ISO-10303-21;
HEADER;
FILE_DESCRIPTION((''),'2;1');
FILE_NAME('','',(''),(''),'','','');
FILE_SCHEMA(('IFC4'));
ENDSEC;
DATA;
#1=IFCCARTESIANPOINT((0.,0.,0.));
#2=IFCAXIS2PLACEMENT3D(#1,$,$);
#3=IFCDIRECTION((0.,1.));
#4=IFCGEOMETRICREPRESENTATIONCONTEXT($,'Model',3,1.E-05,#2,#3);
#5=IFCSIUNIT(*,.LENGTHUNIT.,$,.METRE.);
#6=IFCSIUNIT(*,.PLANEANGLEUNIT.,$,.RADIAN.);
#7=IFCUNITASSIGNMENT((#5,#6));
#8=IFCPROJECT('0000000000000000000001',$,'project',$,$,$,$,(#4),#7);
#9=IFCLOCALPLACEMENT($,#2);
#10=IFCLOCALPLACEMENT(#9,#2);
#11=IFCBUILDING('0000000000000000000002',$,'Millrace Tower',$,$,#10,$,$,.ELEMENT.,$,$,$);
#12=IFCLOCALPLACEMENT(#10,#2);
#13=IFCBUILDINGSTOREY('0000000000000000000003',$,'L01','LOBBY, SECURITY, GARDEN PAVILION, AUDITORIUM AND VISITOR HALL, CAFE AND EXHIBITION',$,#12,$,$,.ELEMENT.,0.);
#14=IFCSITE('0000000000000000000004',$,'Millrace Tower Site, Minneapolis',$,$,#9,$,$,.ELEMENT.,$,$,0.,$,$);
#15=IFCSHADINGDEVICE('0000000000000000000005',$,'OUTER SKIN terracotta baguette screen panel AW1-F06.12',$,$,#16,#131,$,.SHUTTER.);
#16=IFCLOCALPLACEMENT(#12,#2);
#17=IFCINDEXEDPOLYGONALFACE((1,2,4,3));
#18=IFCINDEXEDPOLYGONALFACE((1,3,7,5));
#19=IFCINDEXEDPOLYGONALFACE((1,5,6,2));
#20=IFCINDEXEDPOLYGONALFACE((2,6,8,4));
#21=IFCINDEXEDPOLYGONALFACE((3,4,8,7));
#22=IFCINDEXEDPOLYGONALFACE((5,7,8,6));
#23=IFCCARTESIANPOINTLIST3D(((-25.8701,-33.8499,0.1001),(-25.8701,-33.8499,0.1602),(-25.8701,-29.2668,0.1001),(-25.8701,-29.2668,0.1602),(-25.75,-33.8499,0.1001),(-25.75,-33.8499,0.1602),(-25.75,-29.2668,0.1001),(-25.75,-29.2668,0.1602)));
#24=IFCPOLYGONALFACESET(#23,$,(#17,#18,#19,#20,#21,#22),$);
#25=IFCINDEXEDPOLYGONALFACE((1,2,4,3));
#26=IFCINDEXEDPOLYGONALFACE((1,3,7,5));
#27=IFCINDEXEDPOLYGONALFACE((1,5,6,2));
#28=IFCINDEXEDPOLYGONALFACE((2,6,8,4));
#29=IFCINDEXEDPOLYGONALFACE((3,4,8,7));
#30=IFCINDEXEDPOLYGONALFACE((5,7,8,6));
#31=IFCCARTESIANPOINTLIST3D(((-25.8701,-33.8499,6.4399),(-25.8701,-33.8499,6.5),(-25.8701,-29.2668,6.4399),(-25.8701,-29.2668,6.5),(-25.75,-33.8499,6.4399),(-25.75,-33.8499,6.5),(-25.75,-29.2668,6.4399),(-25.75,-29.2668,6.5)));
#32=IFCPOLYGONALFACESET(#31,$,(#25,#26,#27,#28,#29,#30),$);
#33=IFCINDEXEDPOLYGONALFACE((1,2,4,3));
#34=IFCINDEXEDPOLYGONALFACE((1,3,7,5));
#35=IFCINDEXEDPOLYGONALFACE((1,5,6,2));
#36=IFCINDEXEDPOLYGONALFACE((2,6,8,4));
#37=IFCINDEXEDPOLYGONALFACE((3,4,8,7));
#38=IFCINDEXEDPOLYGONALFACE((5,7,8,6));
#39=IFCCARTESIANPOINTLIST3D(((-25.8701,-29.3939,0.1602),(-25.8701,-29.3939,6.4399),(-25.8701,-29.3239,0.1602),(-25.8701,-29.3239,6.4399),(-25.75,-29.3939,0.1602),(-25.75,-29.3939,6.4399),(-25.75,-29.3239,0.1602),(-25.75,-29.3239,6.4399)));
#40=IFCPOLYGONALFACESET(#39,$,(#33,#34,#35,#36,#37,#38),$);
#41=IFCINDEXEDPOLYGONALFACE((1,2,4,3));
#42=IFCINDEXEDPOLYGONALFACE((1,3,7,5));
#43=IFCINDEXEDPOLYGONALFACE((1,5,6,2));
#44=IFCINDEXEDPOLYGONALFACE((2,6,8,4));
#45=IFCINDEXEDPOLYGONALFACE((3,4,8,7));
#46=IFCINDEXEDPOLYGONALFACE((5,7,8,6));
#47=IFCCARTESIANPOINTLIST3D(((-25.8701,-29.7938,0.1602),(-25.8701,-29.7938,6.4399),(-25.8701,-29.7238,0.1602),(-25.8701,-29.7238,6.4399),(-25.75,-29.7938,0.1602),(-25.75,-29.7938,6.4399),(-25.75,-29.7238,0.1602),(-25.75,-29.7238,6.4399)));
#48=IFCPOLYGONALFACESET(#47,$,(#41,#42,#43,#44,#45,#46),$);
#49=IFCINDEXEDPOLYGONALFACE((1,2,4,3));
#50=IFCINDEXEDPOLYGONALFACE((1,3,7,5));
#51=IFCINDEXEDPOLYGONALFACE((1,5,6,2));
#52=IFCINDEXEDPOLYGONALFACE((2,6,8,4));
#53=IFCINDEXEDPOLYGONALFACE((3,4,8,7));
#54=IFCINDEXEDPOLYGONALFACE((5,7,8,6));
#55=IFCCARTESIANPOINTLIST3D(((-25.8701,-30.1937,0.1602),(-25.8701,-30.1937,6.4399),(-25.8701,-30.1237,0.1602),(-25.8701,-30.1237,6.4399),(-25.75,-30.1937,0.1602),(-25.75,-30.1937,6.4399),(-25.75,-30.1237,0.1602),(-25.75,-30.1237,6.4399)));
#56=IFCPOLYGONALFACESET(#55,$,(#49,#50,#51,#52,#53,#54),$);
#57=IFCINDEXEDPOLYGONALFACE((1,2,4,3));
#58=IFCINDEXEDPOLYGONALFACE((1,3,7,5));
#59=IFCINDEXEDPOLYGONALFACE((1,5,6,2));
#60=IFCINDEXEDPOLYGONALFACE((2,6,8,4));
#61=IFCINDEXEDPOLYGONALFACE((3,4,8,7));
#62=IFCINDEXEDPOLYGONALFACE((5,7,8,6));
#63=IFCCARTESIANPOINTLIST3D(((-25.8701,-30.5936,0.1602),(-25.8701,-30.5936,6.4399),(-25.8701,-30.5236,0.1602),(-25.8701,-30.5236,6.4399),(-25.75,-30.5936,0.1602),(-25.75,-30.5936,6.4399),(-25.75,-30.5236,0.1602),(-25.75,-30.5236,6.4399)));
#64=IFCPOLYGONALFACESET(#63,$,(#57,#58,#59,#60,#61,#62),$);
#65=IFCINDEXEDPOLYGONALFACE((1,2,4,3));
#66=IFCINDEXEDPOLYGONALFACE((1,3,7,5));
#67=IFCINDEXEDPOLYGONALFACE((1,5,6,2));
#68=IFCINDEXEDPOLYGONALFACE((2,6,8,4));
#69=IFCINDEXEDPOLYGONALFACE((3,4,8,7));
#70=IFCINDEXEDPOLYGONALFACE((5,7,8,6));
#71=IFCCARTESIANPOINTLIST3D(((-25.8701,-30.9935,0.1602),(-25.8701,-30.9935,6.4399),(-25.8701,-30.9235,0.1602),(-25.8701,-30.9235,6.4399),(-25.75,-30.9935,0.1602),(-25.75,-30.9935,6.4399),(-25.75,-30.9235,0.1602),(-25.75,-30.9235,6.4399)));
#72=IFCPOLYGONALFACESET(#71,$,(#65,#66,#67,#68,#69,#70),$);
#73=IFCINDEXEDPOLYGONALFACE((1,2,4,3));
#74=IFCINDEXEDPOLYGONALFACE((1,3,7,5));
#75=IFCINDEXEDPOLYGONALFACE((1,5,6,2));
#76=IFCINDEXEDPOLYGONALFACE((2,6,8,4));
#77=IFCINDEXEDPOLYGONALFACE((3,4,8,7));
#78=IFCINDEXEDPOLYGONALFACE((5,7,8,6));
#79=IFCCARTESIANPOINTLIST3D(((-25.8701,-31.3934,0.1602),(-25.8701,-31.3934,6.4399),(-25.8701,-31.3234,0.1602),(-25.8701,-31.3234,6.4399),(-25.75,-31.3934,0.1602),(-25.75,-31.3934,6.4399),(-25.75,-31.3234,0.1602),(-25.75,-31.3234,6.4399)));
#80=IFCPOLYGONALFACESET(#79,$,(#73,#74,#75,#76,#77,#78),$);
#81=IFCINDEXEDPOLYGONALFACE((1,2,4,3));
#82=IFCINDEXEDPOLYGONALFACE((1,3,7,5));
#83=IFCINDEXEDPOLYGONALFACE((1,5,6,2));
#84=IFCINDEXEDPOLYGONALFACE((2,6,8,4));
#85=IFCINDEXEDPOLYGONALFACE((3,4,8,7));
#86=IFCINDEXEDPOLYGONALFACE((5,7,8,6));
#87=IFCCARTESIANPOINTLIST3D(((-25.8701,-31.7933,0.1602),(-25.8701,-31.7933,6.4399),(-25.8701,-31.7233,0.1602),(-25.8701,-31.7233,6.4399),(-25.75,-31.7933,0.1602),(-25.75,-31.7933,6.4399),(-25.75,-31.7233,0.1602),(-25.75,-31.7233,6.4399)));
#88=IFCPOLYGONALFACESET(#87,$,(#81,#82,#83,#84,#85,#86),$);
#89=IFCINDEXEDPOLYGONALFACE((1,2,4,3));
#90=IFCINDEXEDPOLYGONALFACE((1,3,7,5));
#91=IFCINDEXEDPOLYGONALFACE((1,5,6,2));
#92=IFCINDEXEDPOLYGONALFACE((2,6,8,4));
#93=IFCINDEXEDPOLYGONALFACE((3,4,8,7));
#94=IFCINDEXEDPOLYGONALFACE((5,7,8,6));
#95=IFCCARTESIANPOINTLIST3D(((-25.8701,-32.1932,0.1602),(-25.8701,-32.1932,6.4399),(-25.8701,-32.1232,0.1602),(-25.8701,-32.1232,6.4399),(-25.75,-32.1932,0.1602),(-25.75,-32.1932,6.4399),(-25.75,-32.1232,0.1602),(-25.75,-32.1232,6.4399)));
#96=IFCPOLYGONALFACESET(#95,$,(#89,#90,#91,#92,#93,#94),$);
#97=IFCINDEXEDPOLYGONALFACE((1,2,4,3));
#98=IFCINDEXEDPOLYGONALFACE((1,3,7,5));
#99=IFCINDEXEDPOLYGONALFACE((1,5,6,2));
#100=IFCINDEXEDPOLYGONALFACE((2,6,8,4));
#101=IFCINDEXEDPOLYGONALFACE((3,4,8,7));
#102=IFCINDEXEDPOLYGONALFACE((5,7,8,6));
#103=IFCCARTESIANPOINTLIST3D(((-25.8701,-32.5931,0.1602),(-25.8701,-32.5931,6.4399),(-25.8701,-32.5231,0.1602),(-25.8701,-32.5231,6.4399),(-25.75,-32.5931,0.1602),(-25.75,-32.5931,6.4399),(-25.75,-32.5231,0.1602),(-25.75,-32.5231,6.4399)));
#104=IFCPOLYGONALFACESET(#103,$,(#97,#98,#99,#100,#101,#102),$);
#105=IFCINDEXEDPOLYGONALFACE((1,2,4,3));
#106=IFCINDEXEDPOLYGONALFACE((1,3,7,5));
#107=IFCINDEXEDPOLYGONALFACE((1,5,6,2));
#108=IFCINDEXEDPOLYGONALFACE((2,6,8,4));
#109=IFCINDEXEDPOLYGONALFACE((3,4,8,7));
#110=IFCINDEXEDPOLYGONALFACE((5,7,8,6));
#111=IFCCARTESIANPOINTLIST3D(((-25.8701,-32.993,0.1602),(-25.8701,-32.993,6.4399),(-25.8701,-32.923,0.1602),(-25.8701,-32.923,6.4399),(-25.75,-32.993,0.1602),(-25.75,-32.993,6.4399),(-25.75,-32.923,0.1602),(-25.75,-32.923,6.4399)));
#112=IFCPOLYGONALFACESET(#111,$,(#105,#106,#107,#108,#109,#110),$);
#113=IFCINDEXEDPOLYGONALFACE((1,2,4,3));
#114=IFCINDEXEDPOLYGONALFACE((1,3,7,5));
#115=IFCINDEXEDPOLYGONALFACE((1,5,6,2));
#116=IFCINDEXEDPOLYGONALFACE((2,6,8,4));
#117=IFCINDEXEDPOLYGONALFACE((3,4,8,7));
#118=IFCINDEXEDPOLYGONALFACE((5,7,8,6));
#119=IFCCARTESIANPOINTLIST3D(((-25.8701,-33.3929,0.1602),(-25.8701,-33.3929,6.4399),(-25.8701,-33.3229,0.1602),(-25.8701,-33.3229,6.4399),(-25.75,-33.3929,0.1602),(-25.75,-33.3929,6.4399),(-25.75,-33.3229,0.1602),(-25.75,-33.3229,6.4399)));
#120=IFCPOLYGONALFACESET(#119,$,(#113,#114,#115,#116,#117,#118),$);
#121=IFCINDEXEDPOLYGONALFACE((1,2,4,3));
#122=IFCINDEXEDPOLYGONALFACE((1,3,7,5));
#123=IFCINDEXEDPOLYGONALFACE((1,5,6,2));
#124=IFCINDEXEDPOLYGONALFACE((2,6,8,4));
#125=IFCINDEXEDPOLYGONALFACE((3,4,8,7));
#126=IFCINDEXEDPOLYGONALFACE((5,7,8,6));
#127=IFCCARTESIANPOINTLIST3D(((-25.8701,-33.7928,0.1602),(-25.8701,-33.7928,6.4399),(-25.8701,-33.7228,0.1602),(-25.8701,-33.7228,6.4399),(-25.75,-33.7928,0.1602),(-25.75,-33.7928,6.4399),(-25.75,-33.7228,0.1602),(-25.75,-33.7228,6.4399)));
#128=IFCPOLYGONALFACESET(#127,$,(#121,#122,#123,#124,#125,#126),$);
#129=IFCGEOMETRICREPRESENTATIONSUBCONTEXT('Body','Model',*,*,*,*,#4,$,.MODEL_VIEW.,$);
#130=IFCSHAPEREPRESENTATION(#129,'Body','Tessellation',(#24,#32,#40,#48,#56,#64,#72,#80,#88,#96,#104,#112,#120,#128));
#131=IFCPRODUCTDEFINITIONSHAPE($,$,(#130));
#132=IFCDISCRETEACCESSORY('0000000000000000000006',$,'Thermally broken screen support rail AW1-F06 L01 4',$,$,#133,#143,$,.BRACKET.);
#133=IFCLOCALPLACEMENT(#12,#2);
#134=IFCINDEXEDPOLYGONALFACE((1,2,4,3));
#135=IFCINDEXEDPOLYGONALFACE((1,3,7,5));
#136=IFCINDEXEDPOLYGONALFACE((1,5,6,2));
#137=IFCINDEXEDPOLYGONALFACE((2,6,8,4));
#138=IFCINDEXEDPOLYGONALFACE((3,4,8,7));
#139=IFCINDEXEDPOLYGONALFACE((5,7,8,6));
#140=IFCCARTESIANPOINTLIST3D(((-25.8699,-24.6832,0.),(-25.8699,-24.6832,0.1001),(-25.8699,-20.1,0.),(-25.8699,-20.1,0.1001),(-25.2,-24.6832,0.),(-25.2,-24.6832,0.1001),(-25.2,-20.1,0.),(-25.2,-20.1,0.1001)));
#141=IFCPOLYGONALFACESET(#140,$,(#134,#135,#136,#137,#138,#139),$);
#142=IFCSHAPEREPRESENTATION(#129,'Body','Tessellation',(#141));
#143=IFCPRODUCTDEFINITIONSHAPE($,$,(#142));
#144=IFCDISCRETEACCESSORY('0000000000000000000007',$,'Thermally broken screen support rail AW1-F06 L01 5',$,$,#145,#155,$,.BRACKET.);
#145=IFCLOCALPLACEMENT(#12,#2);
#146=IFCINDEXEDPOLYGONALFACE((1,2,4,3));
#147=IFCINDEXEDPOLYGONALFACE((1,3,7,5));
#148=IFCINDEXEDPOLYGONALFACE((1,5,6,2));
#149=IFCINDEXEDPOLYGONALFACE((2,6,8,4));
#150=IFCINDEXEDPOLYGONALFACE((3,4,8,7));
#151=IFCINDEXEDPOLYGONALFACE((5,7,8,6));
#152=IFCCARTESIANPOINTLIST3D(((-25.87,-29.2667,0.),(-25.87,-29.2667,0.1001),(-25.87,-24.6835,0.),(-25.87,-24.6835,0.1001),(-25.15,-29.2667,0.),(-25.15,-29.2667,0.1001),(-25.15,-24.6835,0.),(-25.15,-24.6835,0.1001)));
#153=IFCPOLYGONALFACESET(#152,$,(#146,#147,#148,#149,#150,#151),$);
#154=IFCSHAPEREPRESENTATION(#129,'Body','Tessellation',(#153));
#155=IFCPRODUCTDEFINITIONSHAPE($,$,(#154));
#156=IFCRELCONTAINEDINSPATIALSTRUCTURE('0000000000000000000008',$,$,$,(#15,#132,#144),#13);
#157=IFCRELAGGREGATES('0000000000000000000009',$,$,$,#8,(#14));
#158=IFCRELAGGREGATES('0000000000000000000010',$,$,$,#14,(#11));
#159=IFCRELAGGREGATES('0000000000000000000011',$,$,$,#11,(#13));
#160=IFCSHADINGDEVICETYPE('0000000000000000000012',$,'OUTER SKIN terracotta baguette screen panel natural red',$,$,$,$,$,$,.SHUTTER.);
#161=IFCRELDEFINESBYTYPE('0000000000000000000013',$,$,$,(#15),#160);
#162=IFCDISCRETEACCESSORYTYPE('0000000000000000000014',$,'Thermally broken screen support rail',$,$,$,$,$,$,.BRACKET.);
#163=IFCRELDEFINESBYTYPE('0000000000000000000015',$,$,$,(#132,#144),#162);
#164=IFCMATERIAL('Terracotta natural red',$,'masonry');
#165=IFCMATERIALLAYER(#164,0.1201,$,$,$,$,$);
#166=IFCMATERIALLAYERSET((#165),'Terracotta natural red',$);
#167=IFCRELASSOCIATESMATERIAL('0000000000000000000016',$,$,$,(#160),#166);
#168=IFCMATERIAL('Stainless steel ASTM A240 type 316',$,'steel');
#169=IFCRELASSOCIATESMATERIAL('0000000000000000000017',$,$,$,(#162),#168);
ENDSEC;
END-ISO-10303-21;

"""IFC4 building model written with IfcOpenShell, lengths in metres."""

from ifc_helpers import new_model, entity, si_unit, direction, frame, frame_2d, origin, origin_2d, place, context, subcontext, project, spatial, rectangle, extrude, source, transform, mapped, material, layer, layer_set, type_object, element, save


model = new_model("IFC4")

# Units and contexts
model_context = context("Model", 3, precision=1e-05, world=origin(), true_north=direction((0.0, 1.0)))
body_context = subcontext(model_context, "Body", "Model", "MODEL_VIEW")
ifc_project = project(units=[si_unit("LENGTHUNIT", "METRE"), si_unit("PLANEANGLEUNIT", "RADIAN")], contexts=[model_context])

# Site, building, storey
site_placement = place(None, origin())
site = spatial("IfcSite", under=ifc_project, at=site_placement, Name="Millrace Tower Site, Minneapolis", CompositionType="ELEMENT", RefElevation=0.0)
building_placement = place(site_placement, origin())
building = spatial("IfcBuilding", under=site, at=building_placement, Name="Millrace Tower", CompositionType="ELEMENT")
storey_placement = place(building_placement, origin())
storey = spatial("IfcBuildingStorey", under=building, at=storey_placement, Name="L01", Description="LOBBY, SECURITY, GARDEN PAVILION, AUDITORIUM AND VISITOR HALL, CAFE AND EXHIBITION", CompositionType="ELEMENT", Elevation=0.0)

# Shading device
ifc_material_1 = material(Name="Terracotta natural red", Category="masonry")
ifc_layer_1 = layer(ifc_material_1, 0.1201)
ifc_layer_set_1 = layer_set([ifc_layer_1], Name="Terracotta natural red")
shading_device_type = type_object("IfcShadingDeviceType", Name="OUTER SKIN terracotta baguette screen panel natural red", PredefinedType="SHUTTER", material=ifc_layer_set_1)
cartesian_point = entity("IfcCartesianPoint", [-2.2915, 0.0601])
shared_polyline = entity("IfcPolyline", [cartesian_point, entity("IfcCartesianPoint", [2.2915, 0.0601]), entity("IfcCartesianPoint", [2.2915, -0.0601]), entity("IfcCartesianPoint", [-2.2915, -0.0601]), cartesian_point])
shared_shape = source(origin(), body_context, "Body", "SweptSolid", [
    entity("IfcExtrudedAreaSolid", entity("IfcArbitraryClosedProfileDef", "AREA", None, shared_polyline), entity("IfcAxis2Placement3D", entity("IfcCartesianPoint", [0.0, 0.0, 0.0])), entity("IfcDirection", [0.0, 0.0, 1.0]), 0.0601),
    entity("IfcExtrudedAreaSolid", entity("IfcArbitraryClosedProfileDef", "AREA", None, shared_polyline), entity("IfcAxis2Placement3D", entity("IfcCartesianPoint", [0.0, 0.0, 6.3398])), entity("IfcDirection", [0.0, 0.0, 1.0]), 0.0601),
    extrude(rectangle(XDim=0.0701, YDim=0.1201, at=frame_2d((-2.1995, 0.0))), frame((0.0, 0.0, 0.0601)), (0.0, 0.0, 1.0), 6.2798),
    extrude(rectangle(XDim=0.0701, YDim=0.1201, at=frame_2d((-1.7996, 0.0))), frame((0.0, 0.0, 0.0601)), (0.0, 0.0, 1.0), 6.2798),
    extrude(rectangle(XDim=0.0701, YDim=0.1201, at=frame_2d((-1.3997, 0.0))), frame((0.0, 0.0, 0.0601)), (0.0, 0.0, 1.0), 6.2798),
    extrude(rectangle(XDim=0.0701, YDim=0.1201, at=frame_2d((-0.9998, 0.0))), frame((0.0, 0.0, 0.0601)), (0.0, 0.0, 1.0), 6.2798),
    extrude(rectangle(XDim=0.0701, YDim=0.1201, at=frame_2d((-0.5999, 0.0))), frame((0.0, 0.0, 0.0601)), (0.0, 0.0, 1.0), 6.2798),
    extrude(rectangle(XDim=0.0701, YDim=0.1201, at=frame_2d((-0.2, 0.0))), frame((0.0, 0.0, 0.0601)), (0.0, 0.0, 1.0), 6.2798),
    extrude(rectangle(XDim=0.0701, YDim=0.1201, at=frame_2d((0.2, 0.0))), frame((0.0, 0.0, 0.0601)), (0.0, 0.0, 1.0), 6.2798),
    extrude(rectangle(XDim=0.0701, YDim=0.1201, at=frame_2d((0.5999, 0.0))), frame((0.0, 0.0, 0.0601)), (0.0, 0.0, 1.0), 6.2798),
    extrude(rectangle(XDim=0.0701, YDim=0.1201, at=frame_2d((0.9998, 0.0))), frame((0.0, 0.0, 0.0601)), (0.0, 0.0, 1.0), 6.2798),
    extrude(rectangle(XDim=0.0701, YDim=0.1201, at=frame_2d((1.3997, 0.0))), frame((0.0, 0.0, 0.0601)), (0.0, 0.0, 1.0), 6.2798),
    extrude(rectangle(XDim=0.0701, YDim=0.1201, at=frame_2d((1.7996, 0.0))), frame((0.0, 0.0, 0.0601)), (0.0, 0.0, 1.0), 6.2798),
    extrude(rectangle(XDim=0.0701, YDim=0.1201, at=frame_2d((2.1995, 0.0))), frame((0.0, 0.0, 0.0601)), (0.0, 0.0, 1.0), 6.2798),
])
for number, where, z_axis, x_axis, name in (
    (1, (-25.8101, -31.5583, 0.1001), (0.0, 0.0, 1.0), (0.0, -1.0, 0.0), "OUTER SKIN terracotta baguette screen panel AW1-F06.12"),
):
    element("IfcShadingDevice", number, at=place(storey_placement, frame(where, z_axis=z_axis, x_axis=x_axis)), inside=storey, type_object=shading_device_type, Name=name, PredefinedType="SHUTTER", context=body_context, shape_type="MappedRepresentation", body=[
        mapped(shared_shape, transform((0.0, 0.0, 0.0), scale=1.0)),
    ])

# Discrete accessories
ifc_material_2 = material(Name="Stainless steel ASTM A240 type 316", Category="steel")
discrete_accessory_type = type_object("IfcDiscreteAccessoryType", Name="Thermally broken screen support rail", PredefinedType="BRACKET", material=ifc_material_2)
discrete_accessory_1_placement = place(storey_placement, frame((-25.5349, -22.3916, 0.0), z_axis=(0.0, 0.0, 1.0), x_axis=(0.0, -1.0, 0.0)))
element("IfcDiscreteAccessory", 2, at=discrete_accessory_1_placement, inside=storey, type_object=discrete_accessory_type, Name="Thermally broken screen support rail AW1-F06 L01 4", PredefinedType="BRACKET", context=body_context, shape_type="SweptSolid", body=[
    extrude(rectangle(XDim=4.5833, YDim=0.6699, at=origin_2d()), origin(), (0.0, 0.0, 1.0), 0.1001),
])
discrete_accessory_2_placement = place(storey_placement, frame((-25.51, -26.9751, 0.0), z_axis=(0.0, 0.0, 1.0), x_axis=(0.0, -1.0, 0.0)))
element("IfcDiscreteAccessory", 3, at=discrete_accessory_2_placement, inside=storey, type_object=discrete_accessory_type, Name="Thermally broken screen support rail AW1-F06 L01 5", PredefinedType="BRACKET", context=body_context, shape_type="SweptSolid", body=[
    extrude(rectangle(XDim=4.5833, YDim=0.72, at=origin_2d()), origin(), (0.0, 0.0, 1.0), 0.1001),
])

save(model, "model.ifc")
